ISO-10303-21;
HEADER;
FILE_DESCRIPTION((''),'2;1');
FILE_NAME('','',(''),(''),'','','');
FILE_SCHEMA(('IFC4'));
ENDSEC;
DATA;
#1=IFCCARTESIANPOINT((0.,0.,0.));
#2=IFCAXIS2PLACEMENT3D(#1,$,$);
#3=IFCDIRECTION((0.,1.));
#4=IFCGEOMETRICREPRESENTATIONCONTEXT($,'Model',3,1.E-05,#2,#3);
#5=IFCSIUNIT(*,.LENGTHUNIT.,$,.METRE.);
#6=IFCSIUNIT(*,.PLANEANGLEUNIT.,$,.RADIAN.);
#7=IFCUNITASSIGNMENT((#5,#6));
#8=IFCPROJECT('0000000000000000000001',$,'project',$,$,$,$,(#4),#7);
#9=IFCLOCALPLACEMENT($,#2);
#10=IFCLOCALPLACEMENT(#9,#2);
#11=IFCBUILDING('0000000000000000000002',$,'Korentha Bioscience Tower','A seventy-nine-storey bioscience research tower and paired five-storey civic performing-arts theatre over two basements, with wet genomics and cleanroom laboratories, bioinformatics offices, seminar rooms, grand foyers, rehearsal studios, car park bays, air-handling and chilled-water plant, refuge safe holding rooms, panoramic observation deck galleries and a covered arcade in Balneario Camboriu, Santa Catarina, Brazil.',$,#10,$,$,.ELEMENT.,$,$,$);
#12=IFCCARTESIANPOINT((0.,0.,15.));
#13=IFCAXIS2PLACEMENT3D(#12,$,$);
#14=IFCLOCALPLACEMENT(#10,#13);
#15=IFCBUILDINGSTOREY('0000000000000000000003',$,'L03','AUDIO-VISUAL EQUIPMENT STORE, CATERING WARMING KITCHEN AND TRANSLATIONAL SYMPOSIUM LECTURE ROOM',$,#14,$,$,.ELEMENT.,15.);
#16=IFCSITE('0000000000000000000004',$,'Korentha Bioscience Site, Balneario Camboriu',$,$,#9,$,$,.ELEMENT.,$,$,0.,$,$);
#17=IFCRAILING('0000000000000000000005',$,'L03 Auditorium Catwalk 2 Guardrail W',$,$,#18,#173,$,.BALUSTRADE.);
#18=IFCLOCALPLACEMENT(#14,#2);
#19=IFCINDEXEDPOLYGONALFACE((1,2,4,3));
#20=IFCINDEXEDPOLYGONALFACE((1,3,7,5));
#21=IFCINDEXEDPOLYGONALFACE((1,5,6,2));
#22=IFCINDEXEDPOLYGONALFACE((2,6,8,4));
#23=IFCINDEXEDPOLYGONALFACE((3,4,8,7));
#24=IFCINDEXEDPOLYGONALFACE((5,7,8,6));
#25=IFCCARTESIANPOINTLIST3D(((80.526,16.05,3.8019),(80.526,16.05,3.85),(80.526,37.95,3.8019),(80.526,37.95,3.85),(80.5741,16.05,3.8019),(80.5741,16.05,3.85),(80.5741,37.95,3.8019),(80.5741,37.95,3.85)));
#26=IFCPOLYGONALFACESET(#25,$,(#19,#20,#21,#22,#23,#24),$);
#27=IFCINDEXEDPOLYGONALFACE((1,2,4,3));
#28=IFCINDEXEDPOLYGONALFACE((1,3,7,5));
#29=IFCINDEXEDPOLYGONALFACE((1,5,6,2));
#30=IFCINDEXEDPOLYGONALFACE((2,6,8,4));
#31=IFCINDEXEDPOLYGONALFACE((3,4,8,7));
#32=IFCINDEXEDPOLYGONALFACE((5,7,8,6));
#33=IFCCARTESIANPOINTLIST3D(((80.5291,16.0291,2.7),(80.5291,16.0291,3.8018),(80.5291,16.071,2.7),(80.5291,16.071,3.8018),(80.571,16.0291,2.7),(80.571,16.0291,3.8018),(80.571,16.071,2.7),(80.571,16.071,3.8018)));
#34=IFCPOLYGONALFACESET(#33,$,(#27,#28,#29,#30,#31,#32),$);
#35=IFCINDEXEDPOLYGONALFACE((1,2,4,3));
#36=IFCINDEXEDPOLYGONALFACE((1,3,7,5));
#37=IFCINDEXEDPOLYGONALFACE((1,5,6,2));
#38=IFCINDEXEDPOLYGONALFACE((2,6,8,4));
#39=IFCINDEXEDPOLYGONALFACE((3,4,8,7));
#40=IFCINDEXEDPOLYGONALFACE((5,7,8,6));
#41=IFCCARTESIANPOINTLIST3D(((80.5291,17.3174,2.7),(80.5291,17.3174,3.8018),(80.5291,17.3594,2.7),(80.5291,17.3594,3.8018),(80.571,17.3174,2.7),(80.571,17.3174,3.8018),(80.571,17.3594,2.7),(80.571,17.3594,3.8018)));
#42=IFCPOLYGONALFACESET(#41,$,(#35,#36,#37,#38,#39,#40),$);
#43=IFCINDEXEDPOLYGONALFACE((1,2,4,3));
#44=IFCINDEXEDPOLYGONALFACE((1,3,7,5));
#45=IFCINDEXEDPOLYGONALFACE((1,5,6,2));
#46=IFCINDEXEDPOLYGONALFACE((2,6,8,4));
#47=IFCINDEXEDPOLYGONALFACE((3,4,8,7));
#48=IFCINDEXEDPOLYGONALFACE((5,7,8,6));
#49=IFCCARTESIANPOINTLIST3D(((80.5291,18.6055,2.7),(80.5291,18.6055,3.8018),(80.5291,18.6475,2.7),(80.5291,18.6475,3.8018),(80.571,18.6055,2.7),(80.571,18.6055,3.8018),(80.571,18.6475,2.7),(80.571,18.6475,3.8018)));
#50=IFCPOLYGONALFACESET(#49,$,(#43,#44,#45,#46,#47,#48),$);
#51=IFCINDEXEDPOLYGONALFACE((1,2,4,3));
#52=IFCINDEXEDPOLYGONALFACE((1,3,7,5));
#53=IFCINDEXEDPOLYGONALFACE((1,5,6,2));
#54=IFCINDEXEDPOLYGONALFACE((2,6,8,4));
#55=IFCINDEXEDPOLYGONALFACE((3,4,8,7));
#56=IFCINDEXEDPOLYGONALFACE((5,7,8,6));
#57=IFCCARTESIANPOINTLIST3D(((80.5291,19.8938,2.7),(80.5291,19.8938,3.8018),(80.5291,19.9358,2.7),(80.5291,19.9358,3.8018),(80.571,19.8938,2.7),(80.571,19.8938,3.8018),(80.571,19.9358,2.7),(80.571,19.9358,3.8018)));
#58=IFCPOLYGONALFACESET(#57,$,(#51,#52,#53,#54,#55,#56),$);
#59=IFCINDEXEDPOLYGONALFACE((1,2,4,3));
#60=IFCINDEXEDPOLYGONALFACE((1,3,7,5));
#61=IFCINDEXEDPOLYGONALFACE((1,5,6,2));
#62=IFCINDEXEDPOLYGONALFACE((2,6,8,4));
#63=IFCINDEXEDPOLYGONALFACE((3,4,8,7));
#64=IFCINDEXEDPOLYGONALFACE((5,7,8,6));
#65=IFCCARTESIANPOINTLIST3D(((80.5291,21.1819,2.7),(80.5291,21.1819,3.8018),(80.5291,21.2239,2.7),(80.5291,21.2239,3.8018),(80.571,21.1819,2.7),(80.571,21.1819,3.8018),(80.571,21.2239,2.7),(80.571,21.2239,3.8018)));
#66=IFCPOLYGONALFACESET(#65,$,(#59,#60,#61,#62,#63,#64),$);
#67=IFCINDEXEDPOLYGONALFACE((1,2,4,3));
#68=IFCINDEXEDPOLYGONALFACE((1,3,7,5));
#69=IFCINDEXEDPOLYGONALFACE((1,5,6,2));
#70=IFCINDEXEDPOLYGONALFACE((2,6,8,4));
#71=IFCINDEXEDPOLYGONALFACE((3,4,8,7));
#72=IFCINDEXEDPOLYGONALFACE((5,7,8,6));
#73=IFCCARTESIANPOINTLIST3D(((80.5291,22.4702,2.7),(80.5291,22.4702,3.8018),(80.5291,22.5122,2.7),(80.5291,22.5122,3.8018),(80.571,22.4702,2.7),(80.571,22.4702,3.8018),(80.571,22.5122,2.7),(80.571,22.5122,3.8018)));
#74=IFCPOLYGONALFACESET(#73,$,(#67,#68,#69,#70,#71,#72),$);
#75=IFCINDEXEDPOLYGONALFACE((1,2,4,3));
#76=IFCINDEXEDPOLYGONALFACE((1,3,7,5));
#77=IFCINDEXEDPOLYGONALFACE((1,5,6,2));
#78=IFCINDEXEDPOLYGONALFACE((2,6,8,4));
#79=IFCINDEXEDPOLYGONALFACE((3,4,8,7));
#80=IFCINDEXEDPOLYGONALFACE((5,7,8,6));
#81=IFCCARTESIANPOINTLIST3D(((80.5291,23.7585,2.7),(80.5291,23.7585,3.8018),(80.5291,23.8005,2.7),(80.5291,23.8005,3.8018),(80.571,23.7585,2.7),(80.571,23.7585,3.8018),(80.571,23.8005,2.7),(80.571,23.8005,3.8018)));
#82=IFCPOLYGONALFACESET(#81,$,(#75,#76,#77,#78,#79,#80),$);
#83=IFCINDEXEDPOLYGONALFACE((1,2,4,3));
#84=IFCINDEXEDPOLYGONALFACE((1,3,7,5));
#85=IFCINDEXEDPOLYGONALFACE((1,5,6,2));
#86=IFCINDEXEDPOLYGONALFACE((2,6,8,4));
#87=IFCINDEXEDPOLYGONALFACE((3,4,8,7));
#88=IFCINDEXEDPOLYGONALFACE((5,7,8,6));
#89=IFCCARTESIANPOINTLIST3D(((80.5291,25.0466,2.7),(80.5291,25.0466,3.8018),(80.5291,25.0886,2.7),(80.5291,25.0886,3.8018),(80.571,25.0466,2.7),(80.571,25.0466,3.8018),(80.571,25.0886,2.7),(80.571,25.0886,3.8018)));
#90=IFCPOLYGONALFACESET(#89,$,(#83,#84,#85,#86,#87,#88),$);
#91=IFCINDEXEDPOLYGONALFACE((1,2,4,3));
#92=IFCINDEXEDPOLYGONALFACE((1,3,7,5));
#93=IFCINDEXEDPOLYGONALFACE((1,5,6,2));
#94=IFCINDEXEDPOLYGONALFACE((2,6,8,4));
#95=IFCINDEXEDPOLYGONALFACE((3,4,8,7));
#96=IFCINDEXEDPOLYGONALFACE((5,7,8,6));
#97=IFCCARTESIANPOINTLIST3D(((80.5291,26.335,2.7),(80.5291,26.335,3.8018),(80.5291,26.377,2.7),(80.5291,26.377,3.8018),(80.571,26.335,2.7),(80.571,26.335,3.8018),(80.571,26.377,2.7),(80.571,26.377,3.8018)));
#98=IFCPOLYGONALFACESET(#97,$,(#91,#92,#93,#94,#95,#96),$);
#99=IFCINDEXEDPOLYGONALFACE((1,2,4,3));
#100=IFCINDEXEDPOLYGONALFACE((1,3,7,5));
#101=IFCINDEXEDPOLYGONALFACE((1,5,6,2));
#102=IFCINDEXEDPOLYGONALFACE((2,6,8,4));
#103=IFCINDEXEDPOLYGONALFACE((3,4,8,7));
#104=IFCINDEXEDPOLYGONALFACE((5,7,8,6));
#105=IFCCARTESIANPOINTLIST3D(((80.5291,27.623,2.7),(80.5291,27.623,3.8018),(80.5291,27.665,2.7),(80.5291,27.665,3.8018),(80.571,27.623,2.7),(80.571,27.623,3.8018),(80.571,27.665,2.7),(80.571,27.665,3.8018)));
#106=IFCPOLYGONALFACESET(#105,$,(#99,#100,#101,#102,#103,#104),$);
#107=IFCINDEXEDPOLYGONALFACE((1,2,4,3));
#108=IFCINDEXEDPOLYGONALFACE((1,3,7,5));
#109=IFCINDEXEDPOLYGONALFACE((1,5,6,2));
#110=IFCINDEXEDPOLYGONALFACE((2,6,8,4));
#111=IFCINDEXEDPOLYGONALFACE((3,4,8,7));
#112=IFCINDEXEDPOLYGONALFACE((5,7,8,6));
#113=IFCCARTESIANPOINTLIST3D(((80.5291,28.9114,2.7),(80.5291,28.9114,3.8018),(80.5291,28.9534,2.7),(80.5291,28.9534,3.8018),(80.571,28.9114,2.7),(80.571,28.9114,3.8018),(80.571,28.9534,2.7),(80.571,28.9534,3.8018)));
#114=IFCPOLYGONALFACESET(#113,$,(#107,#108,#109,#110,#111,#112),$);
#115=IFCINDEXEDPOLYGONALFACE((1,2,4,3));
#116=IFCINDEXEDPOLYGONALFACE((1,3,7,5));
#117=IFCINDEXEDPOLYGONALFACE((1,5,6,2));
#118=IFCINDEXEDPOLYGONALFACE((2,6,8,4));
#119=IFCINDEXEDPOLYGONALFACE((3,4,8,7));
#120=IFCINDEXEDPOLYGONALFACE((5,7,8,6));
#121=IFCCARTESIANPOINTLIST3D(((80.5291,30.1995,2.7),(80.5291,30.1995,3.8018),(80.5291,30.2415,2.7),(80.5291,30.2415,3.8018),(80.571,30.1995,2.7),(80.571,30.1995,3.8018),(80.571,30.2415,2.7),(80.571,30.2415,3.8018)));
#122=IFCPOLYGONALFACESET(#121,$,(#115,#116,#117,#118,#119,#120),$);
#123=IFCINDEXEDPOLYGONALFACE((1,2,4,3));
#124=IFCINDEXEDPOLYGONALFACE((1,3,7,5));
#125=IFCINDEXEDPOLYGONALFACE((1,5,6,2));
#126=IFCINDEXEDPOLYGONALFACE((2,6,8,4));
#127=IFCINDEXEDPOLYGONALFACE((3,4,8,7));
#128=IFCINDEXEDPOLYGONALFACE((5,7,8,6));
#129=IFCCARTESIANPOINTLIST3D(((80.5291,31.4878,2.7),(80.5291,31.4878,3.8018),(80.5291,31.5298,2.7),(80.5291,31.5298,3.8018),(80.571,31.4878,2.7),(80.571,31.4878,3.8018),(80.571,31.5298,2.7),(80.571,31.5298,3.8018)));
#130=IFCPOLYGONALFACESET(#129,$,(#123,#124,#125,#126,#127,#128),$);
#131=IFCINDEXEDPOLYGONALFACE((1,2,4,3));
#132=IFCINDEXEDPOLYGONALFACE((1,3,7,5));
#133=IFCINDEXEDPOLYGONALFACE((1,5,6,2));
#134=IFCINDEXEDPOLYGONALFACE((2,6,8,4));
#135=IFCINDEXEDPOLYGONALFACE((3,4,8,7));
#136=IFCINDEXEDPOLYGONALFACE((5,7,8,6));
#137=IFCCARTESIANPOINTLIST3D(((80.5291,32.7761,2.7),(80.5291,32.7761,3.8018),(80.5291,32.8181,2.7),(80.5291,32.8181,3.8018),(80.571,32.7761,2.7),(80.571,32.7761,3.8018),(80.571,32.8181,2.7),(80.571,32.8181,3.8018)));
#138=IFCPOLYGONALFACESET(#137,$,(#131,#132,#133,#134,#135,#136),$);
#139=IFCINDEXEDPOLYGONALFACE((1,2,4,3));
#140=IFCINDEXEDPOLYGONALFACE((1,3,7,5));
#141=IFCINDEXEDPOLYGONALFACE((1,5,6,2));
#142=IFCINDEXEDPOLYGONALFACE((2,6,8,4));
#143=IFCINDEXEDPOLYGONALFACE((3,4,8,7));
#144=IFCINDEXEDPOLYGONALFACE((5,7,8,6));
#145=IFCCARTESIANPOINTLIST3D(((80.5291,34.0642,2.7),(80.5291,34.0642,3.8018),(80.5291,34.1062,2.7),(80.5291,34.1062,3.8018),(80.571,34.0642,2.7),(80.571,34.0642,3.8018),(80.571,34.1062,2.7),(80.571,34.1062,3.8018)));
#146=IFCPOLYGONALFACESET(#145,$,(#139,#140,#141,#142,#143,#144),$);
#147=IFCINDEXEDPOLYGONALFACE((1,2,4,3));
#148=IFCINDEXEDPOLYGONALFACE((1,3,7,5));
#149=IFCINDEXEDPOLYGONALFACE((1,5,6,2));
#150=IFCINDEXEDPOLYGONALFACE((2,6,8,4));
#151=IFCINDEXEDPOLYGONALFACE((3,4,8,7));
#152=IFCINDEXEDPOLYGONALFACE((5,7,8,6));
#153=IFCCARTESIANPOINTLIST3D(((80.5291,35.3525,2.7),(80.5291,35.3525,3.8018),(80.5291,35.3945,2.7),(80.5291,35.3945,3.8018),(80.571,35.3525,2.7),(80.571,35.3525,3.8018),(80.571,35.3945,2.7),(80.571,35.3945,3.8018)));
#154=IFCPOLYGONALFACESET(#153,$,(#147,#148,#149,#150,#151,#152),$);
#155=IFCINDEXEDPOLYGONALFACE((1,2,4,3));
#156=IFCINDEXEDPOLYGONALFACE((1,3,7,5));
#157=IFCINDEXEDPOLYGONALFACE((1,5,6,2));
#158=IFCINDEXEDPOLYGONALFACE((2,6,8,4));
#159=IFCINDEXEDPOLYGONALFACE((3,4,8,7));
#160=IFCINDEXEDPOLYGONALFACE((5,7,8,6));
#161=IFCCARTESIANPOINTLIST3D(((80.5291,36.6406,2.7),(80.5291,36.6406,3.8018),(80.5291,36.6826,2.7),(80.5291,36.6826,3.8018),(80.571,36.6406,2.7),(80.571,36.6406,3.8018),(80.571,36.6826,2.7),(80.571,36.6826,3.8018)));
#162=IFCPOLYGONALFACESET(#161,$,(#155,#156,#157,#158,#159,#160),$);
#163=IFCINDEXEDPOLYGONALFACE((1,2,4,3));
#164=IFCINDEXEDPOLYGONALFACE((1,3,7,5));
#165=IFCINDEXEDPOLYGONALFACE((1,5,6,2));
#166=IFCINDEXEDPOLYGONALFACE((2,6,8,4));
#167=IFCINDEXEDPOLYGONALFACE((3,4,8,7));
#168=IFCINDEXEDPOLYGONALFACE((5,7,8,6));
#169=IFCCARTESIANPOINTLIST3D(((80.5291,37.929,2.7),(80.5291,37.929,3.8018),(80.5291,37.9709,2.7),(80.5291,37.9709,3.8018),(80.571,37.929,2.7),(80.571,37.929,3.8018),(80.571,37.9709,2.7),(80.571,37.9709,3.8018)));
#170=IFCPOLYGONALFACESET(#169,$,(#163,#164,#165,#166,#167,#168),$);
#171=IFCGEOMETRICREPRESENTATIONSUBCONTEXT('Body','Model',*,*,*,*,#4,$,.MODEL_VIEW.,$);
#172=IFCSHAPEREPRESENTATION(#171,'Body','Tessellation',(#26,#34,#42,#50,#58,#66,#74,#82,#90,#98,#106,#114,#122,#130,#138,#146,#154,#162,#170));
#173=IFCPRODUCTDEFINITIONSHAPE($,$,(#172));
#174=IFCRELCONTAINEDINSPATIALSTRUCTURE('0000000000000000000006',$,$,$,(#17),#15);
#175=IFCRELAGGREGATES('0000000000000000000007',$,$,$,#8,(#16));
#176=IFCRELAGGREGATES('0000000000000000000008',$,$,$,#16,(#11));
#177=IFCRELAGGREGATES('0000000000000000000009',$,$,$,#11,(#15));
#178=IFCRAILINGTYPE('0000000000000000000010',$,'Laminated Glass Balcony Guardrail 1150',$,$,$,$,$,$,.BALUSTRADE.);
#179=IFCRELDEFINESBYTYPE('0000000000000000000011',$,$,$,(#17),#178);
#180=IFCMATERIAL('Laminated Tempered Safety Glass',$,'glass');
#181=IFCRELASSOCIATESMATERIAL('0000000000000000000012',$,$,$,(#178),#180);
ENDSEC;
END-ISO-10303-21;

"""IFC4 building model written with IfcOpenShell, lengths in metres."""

from ifc_helpers import new_model, si_unit, direction, frame, origin, origin_2d, place, context, subcontext, project, spatial, rectangle, extrude, material, type_object, element, save


model = new_model("IFC4")

# Units and contexts
model_context = context("Model", 3, precision=1e-05, world=origin(), true_north=direction((0.0, 1.0)))
body_context = subcontext(model_context, "Body", "Model", "MODEL_VIEW")
ifc_project = project(units=[si_unit("LENGTHUNIT", "METRE"), si_unit("PLANEANGLEUNIT", "RADIAN")], contexts=[model_context])

# Site, building, storey
site_placement = place(None, origin())
site = spatial("IfcSite", under=ifc_project, at=site_placement, Name="Korentha Bioscience Site, Balneario Camboriu", CompositionType="ELEMENT", RefElevation=0.0)
building_placement = place(site_placement, origin())
building = spatial("IfcBuilding", under=site, at=building_placement, Name="Korentha Bioscience Tower", Description="A seventy-nine-storey bioscience research tower and paired five-storey civic performing-arts theatre over two basements, with wet genomics and cleanroom laboratories, bioinformatics offices, seminar rooms, grand foyers, rehearsal studios, car park bays, air-handling and chilled-water plant, refuge safe holding rooms, panoramic observation deck galleries and a covered arcade in Balneario Camboriu, Santa Catarina, Brazil.", CompositionType="ELEMENT")
storey_placement = place(building_placement, frame((0.0, 0.0, 15.0)))
storey = spatial("IfcBuildingStorey", under=building, at=storey_placement, Name="L03", Description="AUDIO-VISUAL EQUIPMENT STORE, CATERING WARMING KITCHEN AND TRANSLATIONAL SYMPOSIUM LECTURE ROOM", CompositionType="ELEMENT", Elevation=15.0)

# Railing
ifc_material_1 = material(Name="Laminated Tempered Safety Glass", Category="glass")
railing_type = type_object("IfcRailingType", Name="Laminated Glass Balcony Guardrail 1150", PredefinedType="BALUSTRADE", material=ifc_material_1)
railing_1_placement = place(storey_placement, frame((80.55, 16.05, 2.7)))
element("IfcRailing", 1, at=railing_1_placement, inside=storey, type_object=railing_type, Name="L03 Auditorium Catwalk 2 Guardrail W", PredefinedType="BALUSTRADE", context=body_context, shape_type="SweptSolid", body=[
    extrude(rectangle(XDim=0.0481, YDim=0.0481, at=origin_2d()), frame((0.0, 0.0, 1.126), z_axis=(0.0, 1.0, 0.0), x_axis=(-1.0, 0.0, 0.0)), (0.0, 0.0, 1.0), 21.8999),
    extrude(rectangle(XDim=0.042, YDim=0.042, at=origin_2d()), origin(), (0.0, 0.0, 1.0), 1.1018),
    extrude(rectangle(XDim=0.042, YDim=0.042, at=origin_2d()), frame((0.0, 1.2883, 0.0)), (0.0, 0.0, 1.0), 1.1018),
    extrude(rectangle(XDim=0.042, YDim=0.042, at=origin_2d()), frame((0.0, 2.5764, 0.0)), (0.0, 0.0, 1.0), 1.1018),
    extrude(rectangle(XDim=0.042, YDim=0.042, at=origin_2d()), frame((0.0, 3.8647, 0.0)), (0.0, 0.0, 1.0), 1.1018),
    extrude(rectangle(XDim=0.042, YDim=0.042, at=origin_2d()), frame((0.0, 5.1528, 0.0)), (0.0, 0.0, 1.0), 1.1018),
    extrude(rectangle(XDim=0.042, YDim=0.042, at=origin_2d()), frame((0.0, 6.4412, 0.0)), (0.0, 0.0, 1.0), 1.1018),
    extrude(rectangle(XDim=0.042, YDim=0.042, at=origin_2d()), frame((0.0, 7.7295, 0.0)), (0.0, 0.0, 1.0), 1.1018),
    extrude(rectangle(XDim=0.042, YDim=0.042, at=origin_2d()), frame((0.0, 9.0176, 0.0)), (0.0, 0.0, 1.0), 1.1018),
    extrude(rectangle(XDim=0.042, YDim=0.042, at=origin_2d()), frame((0.0, 10.3059, 0.0)), (0.0, 0.0, 1.0), 1.1018),
    extrude(rectangle(XDim=0.042, YDim=0.042, at=origin_2d()), frame((0.0, 11.594, 0.0)), (0.0, 0.0, 1.0), 1.1018),
    extrude(rectangle(XDim=0.042, YDim=0.042, at=origin_2d()), frame((0.0, 12.8823, 0.0)), (0.0, 0.0, 1.0), 1.1018),
    extrude(rectangle(XDim=0.042, YDim=0.042, at=origin_2d()), frame((0.0, 14.1704, 0.0)), (0.0, 0.0, 1.0), 1.1018),
    extrude(rectangle(XDim=0.042, YDim=0.042, at=origin_2d()), frame((0.0, 15.4587, 0.0)), (0.0, 0.0, 1.0), 1.1018),
    extrude(rectangle(XDim=0.042, YDim=0.042, at=origin_2d()), frame((0.0, 16.7471, 0.0)), (0.0, 0.0, 1.0), 1.1018),
    extrude(rectangle(XDim=0.042, YDim=0.042, at=origin_2d()), frame((0.0, 18.0352, 0.0)), (0.0, 0.0, 1.0), 1.1018),
    extrude(rectangle(XDim=0.042, YDim=0.042, at=origin_2d()), frame((0.0, 19.3235, 0.0)), (0.0, 0.0, 1.0), 1.1018),
    extrude(rectangle(XDim=0.042, YDim=0.042, at=origin_2d()), frame((0.0, 20.6116, 0.0)), (0.0, 0.0, 1.0), 1.1018),
    extrude(rectangle(XDim=0.042, YDim=0.042, at=origin_2d()), frame((0.0, 21.8999, 0.0)), (0.0, 0.0, 1.0), 1.1018),
])

save(model, "model.ifc")
